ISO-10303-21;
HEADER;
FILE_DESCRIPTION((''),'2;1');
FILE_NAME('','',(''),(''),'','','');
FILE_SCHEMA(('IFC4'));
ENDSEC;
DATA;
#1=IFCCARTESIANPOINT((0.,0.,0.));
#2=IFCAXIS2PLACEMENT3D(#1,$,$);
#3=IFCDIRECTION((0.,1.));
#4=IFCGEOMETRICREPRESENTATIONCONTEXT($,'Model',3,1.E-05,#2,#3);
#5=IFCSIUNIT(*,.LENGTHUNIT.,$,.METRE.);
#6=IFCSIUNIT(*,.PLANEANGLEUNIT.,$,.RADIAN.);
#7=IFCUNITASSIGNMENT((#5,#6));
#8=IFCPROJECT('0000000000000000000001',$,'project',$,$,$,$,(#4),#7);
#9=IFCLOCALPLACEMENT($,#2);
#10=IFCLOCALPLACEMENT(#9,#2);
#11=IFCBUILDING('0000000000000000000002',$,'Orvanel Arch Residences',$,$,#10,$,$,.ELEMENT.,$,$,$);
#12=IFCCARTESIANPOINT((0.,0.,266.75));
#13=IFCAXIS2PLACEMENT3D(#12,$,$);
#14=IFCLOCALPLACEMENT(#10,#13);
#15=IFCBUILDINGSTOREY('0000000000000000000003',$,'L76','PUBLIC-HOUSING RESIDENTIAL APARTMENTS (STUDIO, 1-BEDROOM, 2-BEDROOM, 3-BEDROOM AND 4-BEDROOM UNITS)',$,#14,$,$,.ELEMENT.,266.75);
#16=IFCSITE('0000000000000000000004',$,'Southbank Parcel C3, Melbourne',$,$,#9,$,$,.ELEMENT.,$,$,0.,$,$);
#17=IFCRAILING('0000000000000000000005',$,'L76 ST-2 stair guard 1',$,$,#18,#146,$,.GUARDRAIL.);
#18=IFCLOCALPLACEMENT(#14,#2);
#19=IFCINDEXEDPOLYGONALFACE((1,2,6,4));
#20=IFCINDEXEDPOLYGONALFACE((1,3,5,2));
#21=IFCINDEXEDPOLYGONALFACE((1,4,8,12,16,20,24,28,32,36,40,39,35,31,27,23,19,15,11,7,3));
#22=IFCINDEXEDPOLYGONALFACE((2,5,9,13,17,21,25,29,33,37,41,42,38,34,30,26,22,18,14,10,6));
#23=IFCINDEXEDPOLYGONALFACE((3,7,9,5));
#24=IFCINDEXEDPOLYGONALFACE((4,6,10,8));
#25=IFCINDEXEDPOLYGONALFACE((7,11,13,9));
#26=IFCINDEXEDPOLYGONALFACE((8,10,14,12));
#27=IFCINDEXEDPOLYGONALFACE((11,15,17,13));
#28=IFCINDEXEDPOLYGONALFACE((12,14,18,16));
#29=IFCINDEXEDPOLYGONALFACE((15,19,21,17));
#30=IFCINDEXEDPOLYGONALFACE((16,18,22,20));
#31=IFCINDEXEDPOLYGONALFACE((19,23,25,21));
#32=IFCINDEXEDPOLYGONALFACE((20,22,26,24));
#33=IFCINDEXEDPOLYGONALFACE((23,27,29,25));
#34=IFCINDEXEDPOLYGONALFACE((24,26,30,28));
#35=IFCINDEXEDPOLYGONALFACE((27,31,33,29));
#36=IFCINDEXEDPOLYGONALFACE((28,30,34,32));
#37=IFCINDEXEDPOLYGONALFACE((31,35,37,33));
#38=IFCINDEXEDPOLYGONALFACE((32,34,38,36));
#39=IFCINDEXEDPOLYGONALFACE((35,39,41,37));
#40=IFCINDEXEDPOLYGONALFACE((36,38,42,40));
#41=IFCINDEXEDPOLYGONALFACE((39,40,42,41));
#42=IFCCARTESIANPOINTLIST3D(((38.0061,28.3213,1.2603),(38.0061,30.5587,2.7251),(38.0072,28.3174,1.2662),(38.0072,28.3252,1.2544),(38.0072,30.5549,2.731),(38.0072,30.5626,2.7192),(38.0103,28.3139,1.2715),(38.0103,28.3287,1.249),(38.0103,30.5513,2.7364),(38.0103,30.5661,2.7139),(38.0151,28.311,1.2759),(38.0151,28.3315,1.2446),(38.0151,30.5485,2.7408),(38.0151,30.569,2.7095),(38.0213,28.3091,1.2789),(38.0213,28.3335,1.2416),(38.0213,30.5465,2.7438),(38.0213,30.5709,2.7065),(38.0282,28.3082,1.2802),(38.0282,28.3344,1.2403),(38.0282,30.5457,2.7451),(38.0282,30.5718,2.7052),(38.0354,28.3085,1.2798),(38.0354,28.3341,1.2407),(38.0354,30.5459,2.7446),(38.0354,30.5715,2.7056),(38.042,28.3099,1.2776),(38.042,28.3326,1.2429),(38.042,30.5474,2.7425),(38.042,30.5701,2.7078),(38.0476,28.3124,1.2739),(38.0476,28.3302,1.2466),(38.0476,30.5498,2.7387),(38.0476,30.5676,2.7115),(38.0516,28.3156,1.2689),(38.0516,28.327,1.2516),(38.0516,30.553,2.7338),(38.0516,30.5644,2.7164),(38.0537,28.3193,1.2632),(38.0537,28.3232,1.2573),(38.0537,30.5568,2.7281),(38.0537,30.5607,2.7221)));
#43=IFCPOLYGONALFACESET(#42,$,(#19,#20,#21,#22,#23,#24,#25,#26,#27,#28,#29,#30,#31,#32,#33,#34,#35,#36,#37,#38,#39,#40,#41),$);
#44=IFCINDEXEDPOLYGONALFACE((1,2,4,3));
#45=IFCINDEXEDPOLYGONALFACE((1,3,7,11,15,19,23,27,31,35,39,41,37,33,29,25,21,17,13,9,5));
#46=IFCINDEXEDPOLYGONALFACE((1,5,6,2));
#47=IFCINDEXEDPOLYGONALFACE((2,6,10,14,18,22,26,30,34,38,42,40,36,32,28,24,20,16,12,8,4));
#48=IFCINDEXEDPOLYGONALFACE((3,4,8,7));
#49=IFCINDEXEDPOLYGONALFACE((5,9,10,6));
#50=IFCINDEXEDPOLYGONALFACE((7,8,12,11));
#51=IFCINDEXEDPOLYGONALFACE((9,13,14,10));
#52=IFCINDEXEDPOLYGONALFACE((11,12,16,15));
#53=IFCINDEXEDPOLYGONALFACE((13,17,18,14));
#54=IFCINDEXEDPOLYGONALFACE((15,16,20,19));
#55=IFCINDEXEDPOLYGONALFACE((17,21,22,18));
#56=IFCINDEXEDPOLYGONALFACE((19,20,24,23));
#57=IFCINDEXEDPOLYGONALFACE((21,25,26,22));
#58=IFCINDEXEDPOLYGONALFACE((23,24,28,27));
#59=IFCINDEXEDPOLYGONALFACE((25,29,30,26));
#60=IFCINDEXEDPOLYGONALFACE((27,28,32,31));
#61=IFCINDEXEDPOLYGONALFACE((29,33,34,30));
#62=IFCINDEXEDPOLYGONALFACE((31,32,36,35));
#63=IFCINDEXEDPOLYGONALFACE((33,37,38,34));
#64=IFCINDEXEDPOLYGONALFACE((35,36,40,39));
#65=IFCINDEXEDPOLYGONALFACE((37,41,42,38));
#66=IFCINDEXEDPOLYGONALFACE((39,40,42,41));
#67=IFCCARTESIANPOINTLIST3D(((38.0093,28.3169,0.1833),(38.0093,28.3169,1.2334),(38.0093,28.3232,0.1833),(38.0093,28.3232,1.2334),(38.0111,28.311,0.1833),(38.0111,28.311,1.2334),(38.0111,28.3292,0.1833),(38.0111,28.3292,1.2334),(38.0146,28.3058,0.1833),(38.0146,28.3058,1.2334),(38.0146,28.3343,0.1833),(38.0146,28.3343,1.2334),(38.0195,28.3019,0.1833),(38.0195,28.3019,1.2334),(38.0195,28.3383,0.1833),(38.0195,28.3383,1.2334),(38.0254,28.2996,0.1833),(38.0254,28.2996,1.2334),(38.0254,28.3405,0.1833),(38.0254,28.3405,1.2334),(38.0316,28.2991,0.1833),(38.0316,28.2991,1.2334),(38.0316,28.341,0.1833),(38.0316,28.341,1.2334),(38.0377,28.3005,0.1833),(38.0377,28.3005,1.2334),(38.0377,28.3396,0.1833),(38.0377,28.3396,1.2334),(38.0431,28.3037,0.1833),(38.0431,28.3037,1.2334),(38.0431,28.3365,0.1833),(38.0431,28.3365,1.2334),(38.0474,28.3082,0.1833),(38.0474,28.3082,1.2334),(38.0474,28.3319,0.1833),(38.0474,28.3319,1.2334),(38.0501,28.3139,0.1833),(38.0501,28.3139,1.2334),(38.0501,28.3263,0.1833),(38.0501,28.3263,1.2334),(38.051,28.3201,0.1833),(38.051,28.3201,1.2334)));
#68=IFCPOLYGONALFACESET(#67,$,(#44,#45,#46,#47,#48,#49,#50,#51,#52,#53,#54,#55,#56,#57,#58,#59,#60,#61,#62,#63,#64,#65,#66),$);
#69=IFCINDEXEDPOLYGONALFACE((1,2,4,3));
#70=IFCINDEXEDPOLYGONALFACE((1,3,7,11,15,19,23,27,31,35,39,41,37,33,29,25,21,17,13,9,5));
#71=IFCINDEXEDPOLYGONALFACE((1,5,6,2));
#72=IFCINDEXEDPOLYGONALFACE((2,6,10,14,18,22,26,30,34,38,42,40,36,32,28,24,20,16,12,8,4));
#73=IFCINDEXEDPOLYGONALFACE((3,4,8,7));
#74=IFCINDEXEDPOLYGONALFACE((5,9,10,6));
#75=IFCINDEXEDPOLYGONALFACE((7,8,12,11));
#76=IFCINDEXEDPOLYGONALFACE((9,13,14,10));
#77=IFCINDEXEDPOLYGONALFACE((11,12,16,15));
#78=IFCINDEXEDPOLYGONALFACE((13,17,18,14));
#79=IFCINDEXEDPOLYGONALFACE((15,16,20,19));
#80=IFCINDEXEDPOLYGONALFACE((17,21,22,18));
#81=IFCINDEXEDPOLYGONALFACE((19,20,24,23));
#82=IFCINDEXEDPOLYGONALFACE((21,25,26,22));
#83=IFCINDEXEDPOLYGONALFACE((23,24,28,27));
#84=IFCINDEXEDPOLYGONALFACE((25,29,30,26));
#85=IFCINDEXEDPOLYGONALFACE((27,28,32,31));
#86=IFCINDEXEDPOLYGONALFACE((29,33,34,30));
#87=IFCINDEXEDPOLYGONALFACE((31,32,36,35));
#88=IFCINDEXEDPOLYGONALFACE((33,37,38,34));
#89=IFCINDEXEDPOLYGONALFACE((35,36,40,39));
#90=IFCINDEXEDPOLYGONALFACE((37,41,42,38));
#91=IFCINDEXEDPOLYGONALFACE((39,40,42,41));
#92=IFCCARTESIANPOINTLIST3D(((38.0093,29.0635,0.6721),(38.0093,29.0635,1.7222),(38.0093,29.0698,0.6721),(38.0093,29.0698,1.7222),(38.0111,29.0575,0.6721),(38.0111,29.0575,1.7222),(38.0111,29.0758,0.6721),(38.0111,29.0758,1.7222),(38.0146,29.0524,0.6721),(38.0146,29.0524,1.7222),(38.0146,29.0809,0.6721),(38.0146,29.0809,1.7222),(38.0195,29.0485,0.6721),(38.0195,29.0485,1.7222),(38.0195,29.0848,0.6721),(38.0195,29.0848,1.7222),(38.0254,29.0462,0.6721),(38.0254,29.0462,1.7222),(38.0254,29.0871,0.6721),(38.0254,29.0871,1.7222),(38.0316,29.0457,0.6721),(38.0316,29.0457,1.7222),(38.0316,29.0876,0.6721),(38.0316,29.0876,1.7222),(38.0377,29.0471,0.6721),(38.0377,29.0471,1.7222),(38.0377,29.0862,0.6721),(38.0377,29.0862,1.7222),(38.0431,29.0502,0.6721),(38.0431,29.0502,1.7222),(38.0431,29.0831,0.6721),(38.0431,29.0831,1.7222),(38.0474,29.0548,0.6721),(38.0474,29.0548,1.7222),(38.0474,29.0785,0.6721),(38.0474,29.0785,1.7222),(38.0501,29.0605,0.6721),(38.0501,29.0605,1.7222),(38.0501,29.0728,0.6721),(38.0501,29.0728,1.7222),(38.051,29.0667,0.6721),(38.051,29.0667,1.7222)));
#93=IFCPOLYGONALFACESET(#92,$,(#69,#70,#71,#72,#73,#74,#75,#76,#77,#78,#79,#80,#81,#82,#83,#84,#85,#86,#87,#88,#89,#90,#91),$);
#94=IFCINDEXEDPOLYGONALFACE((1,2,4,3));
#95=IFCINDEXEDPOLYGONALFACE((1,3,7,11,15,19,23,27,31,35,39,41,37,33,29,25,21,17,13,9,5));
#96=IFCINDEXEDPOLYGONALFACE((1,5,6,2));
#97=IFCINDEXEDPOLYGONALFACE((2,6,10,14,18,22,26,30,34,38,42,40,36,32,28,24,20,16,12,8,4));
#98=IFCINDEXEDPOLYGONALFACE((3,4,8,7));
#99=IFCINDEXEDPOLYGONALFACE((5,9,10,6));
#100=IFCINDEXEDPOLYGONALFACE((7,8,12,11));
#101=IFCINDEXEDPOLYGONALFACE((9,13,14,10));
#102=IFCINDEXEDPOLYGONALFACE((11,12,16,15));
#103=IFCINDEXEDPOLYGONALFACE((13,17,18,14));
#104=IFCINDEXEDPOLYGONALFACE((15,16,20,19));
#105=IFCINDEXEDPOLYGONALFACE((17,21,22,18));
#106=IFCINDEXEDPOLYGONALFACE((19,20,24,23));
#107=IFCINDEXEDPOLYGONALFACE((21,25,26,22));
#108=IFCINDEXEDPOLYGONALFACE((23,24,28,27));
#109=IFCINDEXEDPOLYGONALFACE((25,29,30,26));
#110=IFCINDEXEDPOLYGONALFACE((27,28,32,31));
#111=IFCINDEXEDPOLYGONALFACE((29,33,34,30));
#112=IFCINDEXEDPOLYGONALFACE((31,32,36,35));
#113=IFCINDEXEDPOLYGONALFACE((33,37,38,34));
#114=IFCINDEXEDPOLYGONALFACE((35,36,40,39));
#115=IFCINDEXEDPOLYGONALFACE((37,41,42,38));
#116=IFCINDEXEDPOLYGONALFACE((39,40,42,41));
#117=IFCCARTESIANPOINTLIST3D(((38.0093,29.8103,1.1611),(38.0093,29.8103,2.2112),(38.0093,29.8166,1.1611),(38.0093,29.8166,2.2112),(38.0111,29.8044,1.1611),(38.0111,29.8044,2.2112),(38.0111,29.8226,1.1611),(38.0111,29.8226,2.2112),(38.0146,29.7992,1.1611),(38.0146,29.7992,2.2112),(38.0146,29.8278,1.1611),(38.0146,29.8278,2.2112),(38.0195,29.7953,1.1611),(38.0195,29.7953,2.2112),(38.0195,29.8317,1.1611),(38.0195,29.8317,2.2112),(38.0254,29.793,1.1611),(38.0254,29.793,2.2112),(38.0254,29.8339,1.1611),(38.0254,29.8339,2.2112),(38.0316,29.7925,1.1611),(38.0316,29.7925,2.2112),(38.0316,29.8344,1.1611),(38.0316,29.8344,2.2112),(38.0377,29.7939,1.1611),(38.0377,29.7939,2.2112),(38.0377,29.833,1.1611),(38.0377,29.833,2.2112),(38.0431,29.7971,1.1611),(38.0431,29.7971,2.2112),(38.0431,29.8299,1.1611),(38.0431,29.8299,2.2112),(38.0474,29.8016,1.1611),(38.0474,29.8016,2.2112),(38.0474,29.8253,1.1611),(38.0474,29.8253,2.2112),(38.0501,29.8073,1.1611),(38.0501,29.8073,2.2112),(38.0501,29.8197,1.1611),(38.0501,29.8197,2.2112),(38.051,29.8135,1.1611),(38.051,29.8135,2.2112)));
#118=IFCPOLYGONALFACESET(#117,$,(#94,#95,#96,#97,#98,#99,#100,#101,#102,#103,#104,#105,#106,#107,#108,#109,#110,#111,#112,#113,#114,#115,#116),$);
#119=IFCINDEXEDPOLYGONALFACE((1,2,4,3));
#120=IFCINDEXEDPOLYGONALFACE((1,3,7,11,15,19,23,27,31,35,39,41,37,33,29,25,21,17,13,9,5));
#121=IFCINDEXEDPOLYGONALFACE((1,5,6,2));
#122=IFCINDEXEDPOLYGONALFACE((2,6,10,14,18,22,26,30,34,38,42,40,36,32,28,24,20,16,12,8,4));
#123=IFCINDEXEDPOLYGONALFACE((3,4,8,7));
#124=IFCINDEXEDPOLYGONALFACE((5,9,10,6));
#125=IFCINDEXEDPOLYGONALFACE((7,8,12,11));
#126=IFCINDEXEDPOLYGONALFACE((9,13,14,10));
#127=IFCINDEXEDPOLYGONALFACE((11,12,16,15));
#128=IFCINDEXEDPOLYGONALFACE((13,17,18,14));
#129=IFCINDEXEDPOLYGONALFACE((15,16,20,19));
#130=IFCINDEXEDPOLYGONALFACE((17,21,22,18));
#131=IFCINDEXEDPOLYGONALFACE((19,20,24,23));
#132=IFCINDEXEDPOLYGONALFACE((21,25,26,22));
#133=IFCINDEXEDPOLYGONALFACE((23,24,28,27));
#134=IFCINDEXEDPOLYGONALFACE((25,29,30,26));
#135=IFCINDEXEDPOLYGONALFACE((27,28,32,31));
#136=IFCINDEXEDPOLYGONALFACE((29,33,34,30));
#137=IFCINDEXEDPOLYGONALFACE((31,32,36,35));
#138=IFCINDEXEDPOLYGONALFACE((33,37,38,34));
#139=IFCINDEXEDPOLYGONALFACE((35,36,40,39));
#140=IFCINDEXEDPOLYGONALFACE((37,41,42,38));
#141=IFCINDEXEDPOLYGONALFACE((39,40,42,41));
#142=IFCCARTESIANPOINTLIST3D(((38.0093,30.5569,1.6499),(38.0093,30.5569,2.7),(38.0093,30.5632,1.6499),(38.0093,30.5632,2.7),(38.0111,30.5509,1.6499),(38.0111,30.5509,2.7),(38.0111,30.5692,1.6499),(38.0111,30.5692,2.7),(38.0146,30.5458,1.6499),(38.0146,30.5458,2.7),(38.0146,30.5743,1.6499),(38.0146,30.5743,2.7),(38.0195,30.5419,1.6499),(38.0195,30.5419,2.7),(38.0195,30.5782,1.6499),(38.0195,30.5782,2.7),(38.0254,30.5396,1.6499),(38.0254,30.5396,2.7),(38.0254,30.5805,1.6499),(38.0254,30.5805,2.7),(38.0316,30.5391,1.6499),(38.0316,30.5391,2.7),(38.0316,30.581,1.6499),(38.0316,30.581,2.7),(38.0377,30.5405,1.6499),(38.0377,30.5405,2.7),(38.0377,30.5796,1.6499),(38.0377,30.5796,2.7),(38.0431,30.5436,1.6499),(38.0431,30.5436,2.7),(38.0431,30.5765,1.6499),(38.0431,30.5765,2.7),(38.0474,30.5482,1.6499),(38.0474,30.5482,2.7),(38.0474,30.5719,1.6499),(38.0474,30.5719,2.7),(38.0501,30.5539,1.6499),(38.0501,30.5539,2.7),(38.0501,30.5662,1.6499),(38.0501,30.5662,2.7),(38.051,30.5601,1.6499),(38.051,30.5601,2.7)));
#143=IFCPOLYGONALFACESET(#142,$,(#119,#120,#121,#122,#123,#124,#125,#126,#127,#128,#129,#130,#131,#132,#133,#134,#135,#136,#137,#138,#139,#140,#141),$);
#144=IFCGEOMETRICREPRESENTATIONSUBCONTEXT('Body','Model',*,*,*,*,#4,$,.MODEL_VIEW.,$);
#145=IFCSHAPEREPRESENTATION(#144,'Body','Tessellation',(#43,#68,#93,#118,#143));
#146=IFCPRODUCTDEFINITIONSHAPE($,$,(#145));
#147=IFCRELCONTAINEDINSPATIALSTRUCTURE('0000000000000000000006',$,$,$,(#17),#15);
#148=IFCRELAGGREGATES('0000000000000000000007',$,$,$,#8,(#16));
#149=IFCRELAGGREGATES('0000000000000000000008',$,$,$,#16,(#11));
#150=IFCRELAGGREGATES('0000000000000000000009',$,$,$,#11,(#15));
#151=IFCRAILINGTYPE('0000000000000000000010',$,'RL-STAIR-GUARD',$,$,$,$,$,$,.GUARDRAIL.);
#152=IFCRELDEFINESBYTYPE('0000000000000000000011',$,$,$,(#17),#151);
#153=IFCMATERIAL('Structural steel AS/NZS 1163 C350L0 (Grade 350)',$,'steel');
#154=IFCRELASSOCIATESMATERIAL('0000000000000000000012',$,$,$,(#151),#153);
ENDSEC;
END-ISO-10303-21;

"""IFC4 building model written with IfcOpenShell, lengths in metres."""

from ifc_helpers import new_model, si_unit, direction, frame, origin, origin_2d, place, context, subcontext, project, spatial, circle, extrude, material, type_object, element, save


model = new_model("IFC4")

# Units and contexts
model_context = context("Model", 3, precision=1e-05, world=origin(), true_north=direction((0.0, 1.0)))
body_context = subcontext(model_context, "Body", "Model", "MODEL_VIEW")
ifc_project = project(units=[si_unit("LENGTHUNIT", "METRE"), si_unit("PLANEANGLEUNIT", "RADIAN")], contexts=[model_context])

# Site, building, storey
site_placement = place(None, origin())
site = spatial("IfcSite", under=ifc_project, at=site_placement, Name="Southbank Parcel C3, Melbourne", CompositionType="ELEMENT", RefElevation=0.0)
building_placement = place(site_placement, origin())
building = spatial("IfcBuilding", under=site, at=building_placement, Name="Orvanel Arch Residences", CompositionType="ELEMENT")
storey_placement = place(building_placement, frame((0.0, 0.0, 266.75)))
storey = spatial("IfcBuildingStorey", under=building, at=storey_placement, Name="L76", Description="PUBLIC-HOUSING RESIDENTIAL APARTMENTS (STUDIO, 1-BEDROOM, 2-BEDROOM, 3-BEDROOM AND 4-BEDROOM UNITS)", CompositionType="ELEMENT", Elevation=266.75)

# Railing
ifc_material_1 = material(Name="Structural steel AS/NZS 1163 C350L0 (Grade 350)", Category="steel")
railing_type_1 = type_object("IfcRailingType", Name="RL-STAIR-GUARD", PredefinedType="GUARDRAIL", material=ifc_material_1)
railing_1_placement = place(storey_placement, frame((38.03, 28.3201, 0.1833)))
element("IfcRailing", 1, at=railing_1_placement, inside=storey, type_object=railing_type_1, Name="L76 ST-2 stair guard 1", PredefinedType="GUARDRAIL", context=body_context, shape_type="SweptSolid", body=[
    extrude(circle(Radius=0.0239, at=origin_2d()), frame((0.0, 0.0012, 1.0769), z_axis=(0.0, 0.836637, 0.547758), x_axis=(-1.0, 0.0, 0.0)), (0.0, 0.0, 1.0), 2.6743),
    extrude(circle(Radius=0.021, at=origin_2d()), origin(), (0.0, 0.0, 1.0), 1.05),
    extrude(circle(Radius=0.021, at=origin_2d()), frame((0.0, 0.7466, 0.4888)), (0.0, 0.0, 1.0), 1.05),
    extrude(circle(Radius=0.021, at=origin_2d()), frame((0.0, 1.4934, 0.9778)), (0.0, 0.0, 1.0), 1.05),
    extrude(circle(Radius=0.021, at=origin_2d()), frame((0.0, 2.24, 1.4666)), (0.0, 0.0, 1.0), 1.05),
])

save(model, "model.ifc")
